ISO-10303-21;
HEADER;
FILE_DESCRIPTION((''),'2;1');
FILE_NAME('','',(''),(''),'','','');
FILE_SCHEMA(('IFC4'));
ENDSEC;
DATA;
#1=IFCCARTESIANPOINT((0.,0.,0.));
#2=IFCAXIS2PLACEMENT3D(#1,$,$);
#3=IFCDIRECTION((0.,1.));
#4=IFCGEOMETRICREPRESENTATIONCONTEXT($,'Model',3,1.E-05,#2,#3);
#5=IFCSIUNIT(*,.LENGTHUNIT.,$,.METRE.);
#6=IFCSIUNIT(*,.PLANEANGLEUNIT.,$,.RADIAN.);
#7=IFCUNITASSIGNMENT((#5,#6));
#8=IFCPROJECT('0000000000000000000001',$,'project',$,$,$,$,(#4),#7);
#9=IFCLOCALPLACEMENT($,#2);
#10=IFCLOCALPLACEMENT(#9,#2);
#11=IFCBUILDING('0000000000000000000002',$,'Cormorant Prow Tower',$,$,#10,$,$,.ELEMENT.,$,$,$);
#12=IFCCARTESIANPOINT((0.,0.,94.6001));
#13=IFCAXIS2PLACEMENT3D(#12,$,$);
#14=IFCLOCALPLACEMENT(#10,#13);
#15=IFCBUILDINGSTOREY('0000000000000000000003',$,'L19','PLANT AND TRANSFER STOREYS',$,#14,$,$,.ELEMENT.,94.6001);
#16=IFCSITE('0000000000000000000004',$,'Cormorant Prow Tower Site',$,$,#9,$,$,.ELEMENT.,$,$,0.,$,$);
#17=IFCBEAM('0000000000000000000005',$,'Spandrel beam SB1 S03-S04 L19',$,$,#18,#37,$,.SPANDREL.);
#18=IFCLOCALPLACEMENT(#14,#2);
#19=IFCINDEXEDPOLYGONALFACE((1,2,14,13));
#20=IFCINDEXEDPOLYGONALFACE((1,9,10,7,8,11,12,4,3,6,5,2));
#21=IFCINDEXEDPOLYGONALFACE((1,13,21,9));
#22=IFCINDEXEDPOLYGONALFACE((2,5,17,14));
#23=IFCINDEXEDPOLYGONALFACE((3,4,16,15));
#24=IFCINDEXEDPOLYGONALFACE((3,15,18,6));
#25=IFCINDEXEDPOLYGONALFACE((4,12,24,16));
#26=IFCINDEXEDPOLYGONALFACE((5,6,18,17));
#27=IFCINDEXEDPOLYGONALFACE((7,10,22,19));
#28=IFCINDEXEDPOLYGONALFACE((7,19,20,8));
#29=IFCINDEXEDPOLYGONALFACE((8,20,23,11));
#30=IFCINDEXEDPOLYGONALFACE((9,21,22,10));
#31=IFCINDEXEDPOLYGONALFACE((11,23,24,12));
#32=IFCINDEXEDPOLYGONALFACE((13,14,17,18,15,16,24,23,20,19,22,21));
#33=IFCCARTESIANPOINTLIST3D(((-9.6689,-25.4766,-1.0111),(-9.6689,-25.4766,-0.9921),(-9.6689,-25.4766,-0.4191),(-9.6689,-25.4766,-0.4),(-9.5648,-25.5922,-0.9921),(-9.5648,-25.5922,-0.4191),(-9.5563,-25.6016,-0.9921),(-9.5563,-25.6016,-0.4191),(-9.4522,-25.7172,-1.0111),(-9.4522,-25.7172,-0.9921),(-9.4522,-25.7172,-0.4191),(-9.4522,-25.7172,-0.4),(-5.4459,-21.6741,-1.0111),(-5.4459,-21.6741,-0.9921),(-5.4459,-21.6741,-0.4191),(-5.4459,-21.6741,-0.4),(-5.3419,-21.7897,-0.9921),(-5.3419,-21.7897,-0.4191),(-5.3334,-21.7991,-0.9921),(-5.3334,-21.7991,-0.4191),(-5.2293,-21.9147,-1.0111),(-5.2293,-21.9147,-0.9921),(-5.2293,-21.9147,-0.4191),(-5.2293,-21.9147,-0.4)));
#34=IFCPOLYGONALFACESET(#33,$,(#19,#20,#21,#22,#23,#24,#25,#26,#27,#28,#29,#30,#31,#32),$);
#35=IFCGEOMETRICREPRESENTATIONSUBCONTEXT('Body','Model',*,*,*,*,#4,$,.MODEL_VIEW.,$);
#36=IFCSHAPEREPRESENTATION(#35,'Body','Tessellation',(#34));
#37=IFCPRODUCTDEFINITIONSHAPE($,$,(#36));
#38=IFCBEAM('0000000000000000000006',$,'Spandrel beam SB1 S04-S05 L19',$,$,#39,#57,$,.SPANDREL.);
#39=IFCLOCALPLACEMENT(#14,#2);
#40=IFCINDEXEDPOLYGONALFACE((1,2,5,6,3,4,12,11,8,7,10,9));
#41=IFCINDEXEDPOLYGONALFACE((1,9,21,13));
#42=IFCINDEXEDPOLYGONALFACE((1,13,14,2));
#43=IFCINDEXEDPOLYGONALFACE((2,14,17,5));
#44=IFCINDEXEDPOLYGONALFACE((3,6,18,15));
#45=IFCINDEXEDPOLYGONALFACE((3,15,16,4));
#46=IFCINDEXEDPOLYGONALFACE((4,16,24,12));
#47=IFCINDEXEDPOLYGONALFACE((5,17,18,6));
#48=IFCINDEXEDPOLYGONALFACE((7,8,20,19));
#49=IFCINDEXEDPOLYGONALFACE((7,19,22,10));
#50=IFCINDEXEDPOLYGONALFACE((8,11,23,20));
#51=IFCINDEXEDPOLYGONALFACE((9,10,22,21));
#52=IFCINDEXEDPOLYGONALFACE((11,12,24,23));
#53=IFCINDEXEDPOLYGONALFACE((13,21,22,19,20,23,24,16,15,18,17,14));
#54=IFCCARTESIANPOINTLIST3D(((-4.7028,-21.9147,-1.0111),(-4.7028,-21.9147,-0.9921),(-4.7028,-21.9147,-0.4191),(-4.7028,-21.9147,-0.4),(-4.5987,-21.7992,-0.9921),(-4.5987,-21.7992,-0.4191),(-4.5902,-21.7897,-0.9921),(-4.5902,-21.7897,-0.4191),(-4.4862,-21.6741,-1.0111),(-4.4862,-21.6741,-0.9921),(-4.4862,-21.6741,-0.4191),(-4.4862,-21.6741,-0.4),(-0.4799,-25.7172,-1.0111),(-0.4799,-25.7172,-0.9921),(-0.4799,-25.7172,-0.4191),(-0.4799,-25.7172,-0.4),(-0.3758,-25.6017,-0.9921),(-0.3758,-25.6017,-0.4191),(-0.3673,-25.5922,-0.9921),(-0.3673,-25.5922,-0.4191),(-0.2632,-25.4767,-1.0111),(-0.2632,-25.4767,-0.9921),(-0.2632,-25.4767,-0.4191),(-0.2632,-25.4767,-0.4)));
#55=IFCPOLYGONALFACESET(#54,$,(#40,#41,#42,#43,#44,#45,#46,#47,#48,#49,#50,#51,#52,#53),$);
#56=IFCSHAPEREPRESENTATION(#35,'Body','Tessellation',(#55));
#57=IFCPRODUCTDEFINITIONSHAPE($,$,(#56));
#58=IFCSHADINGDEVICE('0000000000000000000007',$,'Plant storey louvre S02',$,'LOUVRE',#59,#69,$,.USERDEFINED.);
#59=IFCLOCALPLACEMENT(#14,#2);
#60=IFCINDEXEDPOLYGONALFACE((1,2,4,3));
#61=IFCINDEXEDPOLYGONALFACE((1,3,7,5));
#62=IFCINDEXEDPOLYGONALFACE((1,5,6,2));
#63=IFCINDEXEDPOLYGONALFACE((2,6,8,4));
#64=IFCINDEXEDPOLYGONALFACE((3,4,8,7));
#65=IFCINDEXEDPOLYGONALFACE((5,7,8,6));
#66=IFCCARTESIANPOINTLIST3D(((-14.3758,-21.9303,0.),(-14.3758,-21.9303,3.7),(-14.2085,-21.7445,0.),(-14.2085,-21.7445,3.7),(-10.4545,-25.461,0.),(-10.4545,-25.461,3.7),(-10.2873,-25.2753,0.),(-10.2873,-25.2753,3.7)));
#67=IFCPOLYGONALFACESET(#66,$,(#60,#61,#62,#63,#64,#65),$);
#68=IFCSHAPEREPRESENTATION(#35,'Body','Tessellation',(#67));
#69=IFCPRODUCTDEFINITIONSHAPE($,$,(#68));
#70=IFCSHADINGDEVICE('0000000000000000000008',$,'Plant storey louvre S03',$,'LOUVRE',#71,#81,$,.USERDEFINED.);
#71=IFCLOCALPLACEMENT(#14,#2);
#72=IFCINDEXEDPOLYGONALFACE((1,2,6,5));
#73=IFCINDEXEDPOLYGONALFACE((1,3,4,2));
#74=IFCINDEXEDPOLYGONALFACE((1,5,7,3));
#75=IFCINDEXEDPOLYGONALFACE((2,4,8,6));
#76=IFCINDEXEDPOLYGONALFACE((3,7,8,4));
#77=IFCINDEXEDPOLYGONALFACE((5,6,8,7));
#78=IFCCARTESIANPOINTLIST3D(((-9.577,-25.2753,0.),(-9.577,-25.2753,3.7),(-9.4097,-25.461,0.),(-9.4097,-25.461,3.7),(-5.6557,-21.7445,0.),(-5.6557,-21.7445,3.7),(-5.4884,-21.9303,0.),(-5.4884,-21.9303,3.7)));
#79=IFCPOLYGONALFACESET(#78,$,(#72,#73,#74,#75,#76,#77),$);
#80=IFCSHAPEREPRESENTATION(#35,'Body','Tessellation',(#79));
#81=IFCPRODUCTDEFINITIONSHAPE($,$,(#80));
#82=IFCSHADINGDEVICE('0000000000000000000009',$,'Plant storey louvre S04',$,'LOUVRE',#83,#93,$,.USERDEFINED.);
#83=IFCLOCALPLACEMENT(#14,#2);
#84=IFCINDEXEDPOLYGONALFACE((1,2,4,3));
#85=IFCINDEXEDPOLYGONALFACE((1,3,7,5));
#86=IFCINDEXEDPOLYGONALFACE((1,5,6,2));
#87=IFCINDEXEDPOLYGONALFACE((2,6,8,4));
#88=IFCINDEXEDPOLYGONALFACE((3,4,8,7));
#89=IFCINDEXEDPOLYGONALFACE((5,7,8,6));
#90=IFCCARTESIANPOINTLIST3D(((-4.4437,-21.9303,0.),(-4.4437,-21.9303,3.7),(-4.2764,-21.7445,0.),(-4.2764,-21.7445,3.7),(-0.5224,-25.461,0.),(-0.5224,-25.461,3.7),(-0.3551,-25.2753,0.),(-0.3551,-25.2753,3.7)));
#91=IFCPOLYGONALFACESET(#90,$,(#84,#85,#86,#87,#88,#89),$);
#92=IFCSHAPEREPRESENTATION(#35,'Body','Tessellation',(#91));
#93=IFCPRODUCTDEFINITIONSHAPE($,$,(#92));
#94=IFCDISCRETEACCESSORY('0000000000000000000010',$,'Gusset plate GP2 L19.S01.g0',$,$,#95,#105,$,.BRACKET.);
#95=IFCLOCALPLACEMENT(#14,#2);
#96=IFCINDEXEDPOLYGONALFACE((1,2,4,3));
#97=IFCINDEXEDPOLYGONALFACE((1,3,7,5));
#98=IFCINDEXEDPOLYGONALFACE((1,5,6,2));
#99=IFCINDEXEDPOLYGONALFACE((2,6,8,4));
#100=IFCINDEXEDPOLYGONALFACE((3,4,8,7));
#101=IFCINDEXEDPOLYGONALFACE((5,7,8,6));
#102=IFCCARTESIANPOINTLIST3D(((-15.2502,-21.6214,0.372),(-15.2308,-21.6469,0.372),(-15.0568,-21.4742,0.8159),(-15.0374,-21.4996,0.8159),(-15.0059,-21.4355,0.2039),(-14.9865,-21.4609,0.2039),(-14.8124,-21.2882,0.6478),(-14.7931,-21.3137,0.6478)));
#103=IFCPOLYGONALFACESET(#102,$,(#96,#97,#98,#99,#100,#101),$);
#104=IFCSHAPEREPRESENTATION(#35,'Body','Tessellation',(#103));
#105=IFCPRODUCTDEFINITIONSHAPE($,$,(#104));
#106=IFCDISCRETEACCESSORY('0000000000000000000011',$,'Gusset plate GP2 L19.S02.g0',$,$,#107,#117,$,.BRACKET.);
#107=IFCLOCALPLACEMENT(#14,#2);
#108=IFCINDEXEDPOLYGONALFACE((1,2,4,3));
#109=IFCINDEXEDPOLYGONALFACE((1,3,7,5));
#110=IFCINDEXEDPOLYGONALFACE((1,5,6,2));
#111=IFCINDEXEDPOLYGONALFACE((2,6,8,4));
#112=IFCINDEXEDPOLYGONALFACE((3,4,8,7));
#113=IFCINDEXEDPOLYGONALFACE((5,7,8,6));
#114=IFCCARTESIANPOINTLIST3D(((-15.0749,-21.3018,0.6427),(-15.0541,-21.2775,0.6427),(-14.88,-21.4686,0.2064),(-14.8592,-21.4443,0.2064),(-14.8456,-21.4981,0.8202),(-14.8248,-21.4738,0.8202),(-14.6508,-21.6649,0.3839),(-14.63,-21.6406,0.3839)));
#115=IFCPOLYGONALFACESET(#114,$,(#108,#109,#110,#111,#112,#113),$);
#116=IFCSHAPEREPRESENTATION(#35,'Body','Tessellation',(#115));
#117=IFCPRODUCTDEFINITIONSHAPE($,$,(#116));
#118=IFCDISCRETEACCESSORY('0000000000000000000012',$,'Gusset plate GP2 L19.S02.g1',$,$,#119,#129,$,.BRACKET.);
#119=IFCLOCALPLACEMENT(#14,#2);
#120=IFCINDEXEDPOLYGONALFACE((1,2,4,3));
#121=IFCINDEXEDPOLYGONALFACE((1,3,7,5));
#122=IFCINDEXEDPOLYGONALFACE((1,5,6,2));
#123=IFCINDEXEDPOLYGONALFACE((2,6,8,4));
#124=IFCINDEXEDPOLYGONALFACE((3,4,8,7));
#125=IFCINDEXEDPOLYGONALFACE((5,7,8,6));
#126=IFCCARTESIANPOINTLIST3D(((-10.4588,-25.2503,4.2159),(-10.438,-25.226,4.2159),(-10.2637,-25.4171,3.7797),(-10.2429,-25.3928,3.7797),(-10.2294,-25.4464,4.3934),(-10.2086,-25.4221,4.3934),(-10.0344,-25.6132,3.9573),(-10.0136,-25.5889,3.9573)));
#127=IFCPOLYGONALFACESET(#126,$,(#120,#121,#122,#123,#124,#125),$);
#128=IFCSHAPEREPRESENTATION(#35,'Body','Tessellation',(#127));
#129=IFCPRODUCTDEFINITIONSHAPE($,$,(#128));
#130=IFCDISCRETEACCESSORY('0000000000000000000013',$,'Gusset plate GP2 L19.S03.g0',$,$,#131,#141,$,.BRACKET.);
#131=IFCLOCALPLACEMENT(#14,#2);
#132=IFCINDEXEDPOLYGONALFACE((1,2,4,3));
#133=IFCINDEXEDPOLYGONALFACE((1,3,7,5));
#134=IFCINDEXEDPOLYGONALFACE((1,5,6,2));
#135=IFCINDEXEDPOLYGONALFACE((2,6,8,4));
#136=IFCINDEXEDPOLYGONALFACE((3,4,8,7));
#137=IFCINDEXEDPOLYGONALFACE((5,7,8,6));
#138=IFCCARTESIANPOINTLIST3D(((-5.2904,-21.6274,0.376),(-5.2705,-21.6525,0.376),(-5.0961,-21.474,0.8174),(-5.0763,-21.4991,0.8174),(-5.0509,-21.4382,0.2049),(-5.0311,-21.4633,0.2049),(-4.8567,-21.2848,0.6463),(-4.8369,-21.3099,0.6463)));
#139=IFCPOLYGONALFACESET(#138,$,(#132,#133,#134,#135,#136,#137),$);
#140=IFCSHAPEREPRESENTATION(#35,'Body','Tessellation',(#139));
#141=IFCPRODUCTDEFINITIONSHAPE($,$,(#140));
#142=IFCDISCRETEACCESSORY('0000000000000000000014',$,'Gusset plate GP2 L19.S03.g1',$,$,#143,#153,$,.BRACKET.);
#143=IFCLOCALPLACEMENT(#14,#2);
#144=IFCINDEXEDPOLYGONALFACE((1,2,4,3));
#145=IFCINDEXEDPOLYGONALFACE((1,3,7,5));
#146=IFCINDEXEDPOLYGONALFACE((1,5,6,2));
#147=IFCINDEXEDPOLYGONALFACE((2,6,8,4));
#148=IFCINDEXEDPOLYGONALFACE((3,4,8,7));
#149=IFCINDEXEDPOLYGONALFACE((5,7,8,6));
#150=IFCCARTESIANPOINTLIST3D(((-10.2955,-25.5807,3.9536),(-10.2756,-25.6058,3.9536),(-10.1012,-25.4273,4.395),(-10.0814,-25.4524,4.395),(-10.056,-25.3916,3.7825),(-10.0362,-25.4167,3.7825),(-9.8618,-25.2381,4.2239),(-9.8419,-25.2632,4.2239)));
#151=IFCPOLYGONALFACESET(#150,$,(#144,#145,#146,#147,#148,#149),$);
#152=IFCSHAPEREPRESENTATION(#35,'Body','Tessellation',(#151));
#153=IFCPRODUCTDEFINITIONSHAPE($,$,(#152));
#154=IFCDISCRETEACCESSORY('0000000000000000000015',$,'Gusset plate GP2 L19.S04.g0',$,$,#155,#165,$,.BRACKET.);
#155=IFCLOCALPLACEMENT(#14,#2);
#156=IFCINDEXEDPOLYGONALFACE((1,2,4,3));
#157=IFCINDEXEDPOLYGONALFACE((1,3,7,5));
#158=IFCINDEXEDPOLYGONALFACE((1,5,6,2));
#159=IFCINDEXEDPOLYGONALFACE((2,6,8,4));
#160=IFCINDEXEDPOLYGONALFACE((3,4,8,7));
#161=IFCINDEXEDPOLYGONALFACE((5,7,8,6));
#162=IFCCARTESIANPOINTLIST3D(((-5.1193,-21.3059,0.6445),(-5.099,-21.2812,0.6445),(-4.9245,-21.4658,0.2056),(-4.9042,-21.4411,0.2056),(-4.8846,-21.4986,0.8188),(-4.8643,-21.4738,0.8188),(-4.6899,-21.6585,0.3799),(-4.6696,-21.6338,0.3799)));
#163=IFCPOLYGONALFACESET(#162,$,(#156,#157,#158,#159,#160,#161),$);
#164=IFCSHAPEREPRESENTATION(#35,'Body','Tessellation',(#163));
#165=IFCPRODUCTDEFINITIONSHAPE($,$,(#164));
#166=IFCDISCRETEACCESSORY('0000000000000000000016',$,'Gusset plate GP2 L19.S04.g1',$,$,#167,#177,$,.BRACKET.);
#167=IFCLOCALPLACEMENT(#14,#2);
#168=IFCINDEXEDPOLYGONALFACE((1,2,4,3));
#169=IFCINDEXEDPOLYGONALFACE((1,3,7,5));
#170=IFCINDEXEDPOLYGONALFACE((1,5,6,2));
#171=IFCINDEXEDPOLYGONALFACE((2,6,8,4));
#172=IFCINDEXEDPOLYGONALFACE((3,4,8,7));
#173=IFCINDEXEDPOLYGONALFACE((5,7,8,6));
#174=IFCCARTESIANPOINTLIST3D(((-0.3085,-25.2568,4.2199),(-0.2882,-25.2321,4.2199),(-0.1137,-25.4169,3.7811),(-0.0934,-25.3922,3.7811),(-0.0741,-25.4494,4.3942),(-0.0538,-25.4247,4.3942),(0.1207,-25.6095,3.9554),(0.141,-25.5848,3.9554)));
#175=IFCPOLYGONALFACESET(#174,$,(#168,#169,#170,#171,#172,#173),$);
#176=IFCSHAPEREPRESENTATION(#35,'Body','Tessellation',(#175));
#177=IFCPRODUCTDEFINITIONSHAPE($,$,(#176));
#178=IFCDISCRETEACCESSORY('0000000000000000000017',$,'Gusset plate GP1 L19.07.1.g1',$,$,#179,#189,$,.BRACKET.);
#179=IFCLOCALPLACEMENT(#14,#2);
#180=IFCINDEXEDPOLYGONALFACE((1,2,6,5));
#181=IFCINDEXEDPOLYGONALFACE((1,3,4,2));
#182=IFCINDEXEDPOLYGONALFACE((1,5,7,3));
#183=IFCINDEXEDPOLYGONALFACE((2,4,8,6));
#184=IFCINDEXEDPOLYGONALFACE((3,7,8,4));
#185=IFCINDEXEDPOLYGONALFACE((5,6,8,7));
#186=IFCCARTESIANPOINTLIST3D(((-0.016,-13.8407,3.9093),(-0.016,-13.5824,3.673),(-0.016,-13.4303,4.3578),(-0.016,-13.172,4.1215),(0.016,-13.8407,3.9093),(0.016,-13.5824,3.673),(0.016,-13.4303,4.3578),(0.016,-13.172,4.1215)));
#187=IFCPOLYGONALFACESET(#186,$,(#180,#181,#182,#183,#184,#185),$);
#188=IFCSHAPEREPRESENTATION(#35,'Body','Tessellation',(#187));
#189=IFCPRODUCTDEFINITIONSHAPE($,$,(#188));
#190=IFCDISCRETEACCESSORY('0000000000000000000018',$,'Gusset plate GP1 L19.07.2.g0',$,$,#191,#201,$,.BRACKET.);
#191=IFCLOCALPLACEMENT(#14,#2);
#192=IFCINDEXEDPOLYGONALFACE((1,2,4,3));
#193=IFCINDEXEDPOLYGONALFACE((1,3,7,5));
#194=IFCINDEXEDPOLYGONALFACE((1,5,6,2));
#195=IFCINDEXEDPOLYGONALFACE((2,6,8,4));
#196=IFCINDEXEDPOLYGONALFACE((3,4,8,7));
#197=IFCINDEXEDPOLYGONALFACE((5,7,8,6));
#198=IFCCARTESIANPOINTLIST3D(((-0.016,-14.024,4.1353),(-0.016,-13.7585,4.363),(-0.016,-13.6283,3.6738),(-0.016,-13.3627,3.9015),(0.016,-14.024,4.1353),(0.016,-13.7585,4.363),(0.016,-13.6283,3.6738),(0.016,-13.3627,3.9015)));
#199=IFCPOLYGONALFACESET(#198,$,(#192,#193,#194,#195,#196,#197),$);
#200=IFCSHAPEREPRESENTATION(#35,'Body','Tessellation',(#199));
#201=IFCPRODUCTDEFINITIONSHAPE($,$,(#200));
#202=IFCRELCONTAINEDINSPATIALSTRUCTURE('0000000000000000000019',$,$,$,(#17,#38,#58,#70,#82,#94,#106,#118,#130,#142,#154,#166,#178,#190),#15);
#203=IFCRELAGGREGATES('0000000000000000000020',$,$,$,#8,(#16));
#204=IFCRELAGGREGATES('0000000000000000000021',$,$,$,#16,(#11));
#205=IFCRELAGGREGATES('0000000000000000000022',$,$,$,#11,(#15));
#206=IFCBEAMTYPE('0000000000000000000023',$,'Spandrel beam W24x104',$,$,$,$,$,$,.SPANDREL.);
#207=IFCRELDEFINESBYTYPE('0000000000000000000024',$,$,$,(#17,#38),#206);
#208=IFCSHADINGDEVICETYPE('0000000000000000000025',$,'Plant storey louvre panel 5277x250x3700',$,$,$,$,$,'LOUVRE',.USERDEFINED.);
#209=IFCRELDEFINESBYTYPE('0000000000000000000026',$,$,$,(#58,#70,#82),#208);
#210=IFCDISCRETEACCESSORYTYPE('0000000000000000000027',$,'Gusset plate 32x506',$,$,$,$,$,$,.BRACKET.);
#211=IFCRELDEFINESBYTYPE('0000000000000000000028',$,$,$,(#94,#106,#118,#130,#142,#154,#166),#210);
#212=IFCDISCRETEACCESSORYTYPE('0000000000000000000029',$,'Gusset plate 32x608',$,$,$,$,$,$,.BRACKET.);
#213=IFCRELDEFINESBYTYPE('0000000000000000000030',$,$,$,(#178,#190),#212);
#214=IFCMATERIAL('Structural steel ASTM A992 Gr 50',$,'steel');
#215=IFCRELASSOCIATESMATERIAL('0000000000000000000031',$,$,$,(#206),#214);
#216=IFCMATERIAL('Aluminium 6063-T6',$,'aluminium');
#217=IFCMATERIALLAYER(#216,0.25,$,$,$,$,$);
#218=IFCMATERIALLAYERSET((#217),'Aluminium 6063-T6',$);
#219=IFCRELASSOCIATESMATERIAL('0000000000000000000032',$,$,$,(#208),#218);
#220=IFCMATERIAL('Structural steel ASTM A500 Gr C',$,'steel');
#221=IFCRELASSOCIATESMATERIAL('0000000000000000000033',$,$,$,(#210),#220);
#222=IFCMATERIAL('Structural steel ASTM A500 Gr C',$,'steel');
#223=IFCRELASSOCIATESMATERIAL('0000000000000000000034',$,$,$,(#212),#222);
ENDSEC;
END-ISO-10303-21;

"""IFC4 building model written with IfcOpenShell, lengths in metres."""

from ifc_helpers import new_model, si_unit, direction, frame, origin, origin_2d, place, context, subcontext, project, spatial, rectangle, i_section, extrude, material, layer, layer_set, material_profile, profile_set, type_object, element, save


model = new_model("IFC4")

# Units and contexts
model_context = context("Model", 3, precision=1e-05, world=origin(), true_north=direction((0.0, 1.0)))
body_context = subcontext(model_context, "Body", "Model", "MODEL_VIEW")
ifc_project = project(units=[si_unit("LENGTHUNIT", "METRE"), si_unit("PLANEANGLEUNIT", "RADIAN")], contexts=[model_context])

# Site, building, storey
site_placement = place(None, origin())
site = spatial("IfcSite", under=ifc_project, at=site_placement, Name="Cormorant Prow Tower Site", CompositionType="ELEMENT", RefElevation=0.0)
building_placement = place(site_placement, origin())
building = spatial("IfcBuilding", under=site, at=building_placement, Name="Cormorant Prow Tower", CompositionType="ELEMENT")
storey_placement = place(building_placement, frame((0.0, 0.0, 94.6001)))
storey = spatial("IfcBuildingStorey", under=building, at=storey_placement, Name="L19", Description="PLANT AND TRANSFER STOREYS", CompositionType="ELEMENT", Elevation=94.6001)

# Beams
ifc_material_1 = material(Name="Structural steel ASTM A992 Gr 50", Category="steel")
ifc_material_profile_1 = material_profile(ifc_material_1, i_section(OverallWidth=0.3237, OverallDepth=0.6111, WebThickness=0.0127, FlangeThickness=0.019, at=origin_2d()), Name="W24x104")
ifc_profile_set_1 = profile_set([ifc_material_profile_1], Name="Structural steel ASTM A992 Gr 50")
beam_type = type_object("IfcBeamType", Name="Spandrel beam W24x104", PredefinedType="SPANDREL", material=ifc_profile_set_1)
for number, where, z_axis, x_axis, name in (
    (1, (-9.5605, -25.5969, -0.7056), (0.74313, 0.669147, 0.0), (-0.669147, 0.74313, 0.0), "Spandrel beam SB1 S03-S04 L19"),
    (2, (-4.5945, -21.7944, -0.7056), (0.74313, -0.669147, 0.0), (0.669147, 0.74313, 0.0), "Spandrel beam SB1 S04-S05 L19"),
):
    element("IfcBeam", number, at=place(storey_placement, frame(where, z_axis=z_axis, x_axis=x_axis)), inside=storey, type_object=beam_type, Name=name, PredefinedType="SPANDREL", context=body_context, shape_type="SweptSolid", body=[
        extrude(i_section(OverallWidth=0.3237, OverallDepth=0.6111, WebThickness=0.0127, FlangeThickness=0.019, at=origin_2d()), origin(), (0.0, 0.0, 1.0), 5.6826),
    ])

# Shading devices
ifc_material_2 = material(Name="Aluminium 6063-T6", Category="aluminium")
ifc_layer = layer(ifc_material_2, 0.25)
ifc_layer_set = layer_set([ifc_layer], Name="Aluminium 6063-T6")
shading_device_type = type_object("IfcShadingDeviceType", Name="Plant storey louvre panel 5277x250x3700", ElementType="LOUVRE", PredefinedType="USERDEFINED", material=ifc_layer_set)
for number, where, z_axis, x_axis, name in (
    (3, (-12.3315, -23.6028, 0.0), (0.0, 0.0, 1.0), (0.743145, -0.669131, 0.0), "Plant storey louvre S02"),
    (4, (-7.5327, -23.6028, 0.0), (0.0, 0.0, 1.0), (0.743145, 0.669131, 0.0), "Plant storey louvre S03"),
    (5, (-2.3994, -23.6028, 0.0), (0.0, 0.0, 1.0), (0.743145, -0.669131, 0.0), "Plant storey louvre S04"),
):
    element("IfcShadingDevice", number, at=place(storey_placement, frame(where, z_axis=z_axis, x_axis=x_axis)), inside=storey, type_object=shading_device_type, Name=name, ObjectType="LOUVRE", PredefinedType="USERDEFINED", context=body_context, shape_type="SweptSolid", body=[
        extrude(rectangle(XDim=5.2766, YDim=0.25, at=origin_2d()), origin(), (0.0, 0.0, 1.0), 3.7),
    ])

# Discrete accessories
ifc_material_3 = material(Name="Structural steel ASTM A500 Gr C", Category="steel")
ifc_material_profile_2 = material_profile(ifc_material_3, rectangle(XDim=0.032, YDim=0.5061, at=origin_2d()), Name="Gusset plate 32x506")
ifc_profile_set_2 = profile_set([ifc_material_profile_2], Name="Structural steel ASTM A500 Gr C")
discrete_accessory_type_1 = type_object("IfcDiscreteAccessoryType", Name="Gusset plate 32x506", PredefinedType="BRACKET", material=ifc_profile_set_2)
for number, where, z_axis, x_axis, name in (
    (6, (-15.1438, -21.5605, 0.594), (0.697876, 0.53125, -0.480356), (-0.605708, 0.795687, 0.0), "Gusset plate GP2 L19.S01.g0"),
    (7, (-14.7378, -21.5693, 0.6021), (-0.654762, 0.560627, -0.506935), (-0.650392, -0.759599, 0.0), "Gusset plate GP2 L19.S02.g0"),
    (8, (-10.3508, -25.3215, 3.9978), (0.655018, -0.560149, 0.507133), (0.649924, 0.759999, 0.0), "Gusset plate GP2 L19.S02.g1"),
):
    element("IfcDiscreteAccessory", number, at=place(storey_placement, frame(where, z_axis=z_axis, x_axis=x_axis)), inside=storey, type_object=discrete_accessory_type_1, Name=name, PredefinedType="BRACKET", context=body_context, shape_type="SweptSolid", body=[
        extrude(rectangle(XDim=0.032, YDim=0.5061, at=origin_2d()), origin(), (0.0, 0.0, 1.0), 0.3501),
    ])
for number, where, z_axis, x_axis, name in (
    (9, (-5.1833, -21.5632, 0.5967), (0.684428, 0.540705, -0.489077), (-0.619904, 0.784678, 0.0), "Gusset plate GP2 L19.S03.g0"),
    (10, (-9.949, -25.3274, 4.0032), (-0.684428, -0.540705, 0.489077), (0.619904, -0.784678, 0.0), "Gusset plate GP2 L19.S03.g1"),
):
    element("IfcDiscreteAccessory", number, at=place(storey_placement, frame(where, z_axis=z_axis, x_axis=x_axis)), inside=storey, type_object=discrete_accessory_type_1, Name=name, PredefinedType="BRACKET", context=body_context, shape_type="SweptSolid", body=[
        extrude(rectangle(XDim=0.032, YDim=0.5061, at=origin_2d()), origin(), (0.0, 0.0, 1.0), 0.3499),
    ])
discrete_accessory_1_placement = place(storey_placement, frame((-4.7771, -21.5662, 0.5994), z_axis=(-0.670238, 0.550279, -0.497971), x_axis=(-0.634551, -0.772881, 0.0)))
element("IfcDiscreteAccessory", 11, at=discrete_accessory_1_placement, inside=storey, type_object=discrete_accessory_type_1, Name="Gusset plate GP2 L19.S04.g0", PredefinedType="BRACKET", context=body_context, shape_type="SweptSolid", body=[
    extrude(rectangle(XDim=0.032, YDim=0.5061, at=origin_2d()), origin(), (0.0, 0.0, 1.0), 0.3501),
])
discrete_accessory_2_placement = place(storey_placement, frame((-0.2009, -25.3245, 4.0005), z_axis=(0.669853, -0.550536, 0.498203), x_axis=(0.634945, 0.772557, 0.0)))
element("IfcDiscreteAccessory", 12, at=discrete_accessory_2_placement, inside=storey, type_object=discrete_accessory_type_1, Name="Gusset plate GP2 L19.S04.g1", PredefinedType="BRACKET", context=body_context, shape_type="SweptSolid", body=[
    extrude(rectangle(XDim=0.032, YDim=0.5061, at=origin_2d()), origin(), (0.0, 0.0, 1.0), 0.3499),
])
ifc_material_4 = material(Name="Structural steel ASTM A500 Gr C", Category="steel")
ifc_material_profile_3 = material_profile(ifc_material_4, rectangle(XDim=0.032, YDim=0.6079, at=origin_2d()), Name="Gusset plate 32x608")
ifc_profile_set_3 = profile_set([ifc_material_profile_3], Name="Structural steel ASTM A500 Gr C")
discrete_accessory_type_2 = type_object("IfcDiscreteAccessoryType", Name="Gusset plate 32x608", PredefinedType="BRACKET", material=ifc_profile_set_3)
discrete_accessory_3_placement = place(storey_placement, frame((0.0, -13.3772, 3.8972), z_axis=(0.0, -0.737791, 0.67503), x_axis=(1.0, 0.0, 0.0)))
element("IfcDiscreteAccessory", 13, at=discrete_accessory_3_placement, inside=storey, type_object=discrete_accessory_type_2, Name="Gusset plate GP1 L19.07.1.g1", PredefinedType="BRACKET", context=body_context, shape_type="SweptSolid", body=[
    extrude(rectangle(XDim=0.032, YDim=0.6079, at=origin_2d()), origin(), (0.0, 0.0, 1.0), 0.3501),
])
discrete_accessory_4_placement = place(storey_placement, frame((0.0, -13.8262, 3.9045), z_axis=(0.0, 0.759109, 0.650964), x_axis=(-1.0, 0.0, 0.0)))
element("IfcDiscreteAccessory", 14, at=discrete_accessory_4_placement, inside=storey, type_object=discrete_accessory_type_2, Name="Gusset plate GP1 L19.07.2.g0", PredefinedType="BRACKET", context=body_context, shape_type="SweptSolid", body=[
    extrude(rectangle(XDim=0.032, YDim=0.6079, at=origin_2d()), origin(), (0.0, 0.0, 1.0), 0.3499),
])

save(model, "model.ifc")
